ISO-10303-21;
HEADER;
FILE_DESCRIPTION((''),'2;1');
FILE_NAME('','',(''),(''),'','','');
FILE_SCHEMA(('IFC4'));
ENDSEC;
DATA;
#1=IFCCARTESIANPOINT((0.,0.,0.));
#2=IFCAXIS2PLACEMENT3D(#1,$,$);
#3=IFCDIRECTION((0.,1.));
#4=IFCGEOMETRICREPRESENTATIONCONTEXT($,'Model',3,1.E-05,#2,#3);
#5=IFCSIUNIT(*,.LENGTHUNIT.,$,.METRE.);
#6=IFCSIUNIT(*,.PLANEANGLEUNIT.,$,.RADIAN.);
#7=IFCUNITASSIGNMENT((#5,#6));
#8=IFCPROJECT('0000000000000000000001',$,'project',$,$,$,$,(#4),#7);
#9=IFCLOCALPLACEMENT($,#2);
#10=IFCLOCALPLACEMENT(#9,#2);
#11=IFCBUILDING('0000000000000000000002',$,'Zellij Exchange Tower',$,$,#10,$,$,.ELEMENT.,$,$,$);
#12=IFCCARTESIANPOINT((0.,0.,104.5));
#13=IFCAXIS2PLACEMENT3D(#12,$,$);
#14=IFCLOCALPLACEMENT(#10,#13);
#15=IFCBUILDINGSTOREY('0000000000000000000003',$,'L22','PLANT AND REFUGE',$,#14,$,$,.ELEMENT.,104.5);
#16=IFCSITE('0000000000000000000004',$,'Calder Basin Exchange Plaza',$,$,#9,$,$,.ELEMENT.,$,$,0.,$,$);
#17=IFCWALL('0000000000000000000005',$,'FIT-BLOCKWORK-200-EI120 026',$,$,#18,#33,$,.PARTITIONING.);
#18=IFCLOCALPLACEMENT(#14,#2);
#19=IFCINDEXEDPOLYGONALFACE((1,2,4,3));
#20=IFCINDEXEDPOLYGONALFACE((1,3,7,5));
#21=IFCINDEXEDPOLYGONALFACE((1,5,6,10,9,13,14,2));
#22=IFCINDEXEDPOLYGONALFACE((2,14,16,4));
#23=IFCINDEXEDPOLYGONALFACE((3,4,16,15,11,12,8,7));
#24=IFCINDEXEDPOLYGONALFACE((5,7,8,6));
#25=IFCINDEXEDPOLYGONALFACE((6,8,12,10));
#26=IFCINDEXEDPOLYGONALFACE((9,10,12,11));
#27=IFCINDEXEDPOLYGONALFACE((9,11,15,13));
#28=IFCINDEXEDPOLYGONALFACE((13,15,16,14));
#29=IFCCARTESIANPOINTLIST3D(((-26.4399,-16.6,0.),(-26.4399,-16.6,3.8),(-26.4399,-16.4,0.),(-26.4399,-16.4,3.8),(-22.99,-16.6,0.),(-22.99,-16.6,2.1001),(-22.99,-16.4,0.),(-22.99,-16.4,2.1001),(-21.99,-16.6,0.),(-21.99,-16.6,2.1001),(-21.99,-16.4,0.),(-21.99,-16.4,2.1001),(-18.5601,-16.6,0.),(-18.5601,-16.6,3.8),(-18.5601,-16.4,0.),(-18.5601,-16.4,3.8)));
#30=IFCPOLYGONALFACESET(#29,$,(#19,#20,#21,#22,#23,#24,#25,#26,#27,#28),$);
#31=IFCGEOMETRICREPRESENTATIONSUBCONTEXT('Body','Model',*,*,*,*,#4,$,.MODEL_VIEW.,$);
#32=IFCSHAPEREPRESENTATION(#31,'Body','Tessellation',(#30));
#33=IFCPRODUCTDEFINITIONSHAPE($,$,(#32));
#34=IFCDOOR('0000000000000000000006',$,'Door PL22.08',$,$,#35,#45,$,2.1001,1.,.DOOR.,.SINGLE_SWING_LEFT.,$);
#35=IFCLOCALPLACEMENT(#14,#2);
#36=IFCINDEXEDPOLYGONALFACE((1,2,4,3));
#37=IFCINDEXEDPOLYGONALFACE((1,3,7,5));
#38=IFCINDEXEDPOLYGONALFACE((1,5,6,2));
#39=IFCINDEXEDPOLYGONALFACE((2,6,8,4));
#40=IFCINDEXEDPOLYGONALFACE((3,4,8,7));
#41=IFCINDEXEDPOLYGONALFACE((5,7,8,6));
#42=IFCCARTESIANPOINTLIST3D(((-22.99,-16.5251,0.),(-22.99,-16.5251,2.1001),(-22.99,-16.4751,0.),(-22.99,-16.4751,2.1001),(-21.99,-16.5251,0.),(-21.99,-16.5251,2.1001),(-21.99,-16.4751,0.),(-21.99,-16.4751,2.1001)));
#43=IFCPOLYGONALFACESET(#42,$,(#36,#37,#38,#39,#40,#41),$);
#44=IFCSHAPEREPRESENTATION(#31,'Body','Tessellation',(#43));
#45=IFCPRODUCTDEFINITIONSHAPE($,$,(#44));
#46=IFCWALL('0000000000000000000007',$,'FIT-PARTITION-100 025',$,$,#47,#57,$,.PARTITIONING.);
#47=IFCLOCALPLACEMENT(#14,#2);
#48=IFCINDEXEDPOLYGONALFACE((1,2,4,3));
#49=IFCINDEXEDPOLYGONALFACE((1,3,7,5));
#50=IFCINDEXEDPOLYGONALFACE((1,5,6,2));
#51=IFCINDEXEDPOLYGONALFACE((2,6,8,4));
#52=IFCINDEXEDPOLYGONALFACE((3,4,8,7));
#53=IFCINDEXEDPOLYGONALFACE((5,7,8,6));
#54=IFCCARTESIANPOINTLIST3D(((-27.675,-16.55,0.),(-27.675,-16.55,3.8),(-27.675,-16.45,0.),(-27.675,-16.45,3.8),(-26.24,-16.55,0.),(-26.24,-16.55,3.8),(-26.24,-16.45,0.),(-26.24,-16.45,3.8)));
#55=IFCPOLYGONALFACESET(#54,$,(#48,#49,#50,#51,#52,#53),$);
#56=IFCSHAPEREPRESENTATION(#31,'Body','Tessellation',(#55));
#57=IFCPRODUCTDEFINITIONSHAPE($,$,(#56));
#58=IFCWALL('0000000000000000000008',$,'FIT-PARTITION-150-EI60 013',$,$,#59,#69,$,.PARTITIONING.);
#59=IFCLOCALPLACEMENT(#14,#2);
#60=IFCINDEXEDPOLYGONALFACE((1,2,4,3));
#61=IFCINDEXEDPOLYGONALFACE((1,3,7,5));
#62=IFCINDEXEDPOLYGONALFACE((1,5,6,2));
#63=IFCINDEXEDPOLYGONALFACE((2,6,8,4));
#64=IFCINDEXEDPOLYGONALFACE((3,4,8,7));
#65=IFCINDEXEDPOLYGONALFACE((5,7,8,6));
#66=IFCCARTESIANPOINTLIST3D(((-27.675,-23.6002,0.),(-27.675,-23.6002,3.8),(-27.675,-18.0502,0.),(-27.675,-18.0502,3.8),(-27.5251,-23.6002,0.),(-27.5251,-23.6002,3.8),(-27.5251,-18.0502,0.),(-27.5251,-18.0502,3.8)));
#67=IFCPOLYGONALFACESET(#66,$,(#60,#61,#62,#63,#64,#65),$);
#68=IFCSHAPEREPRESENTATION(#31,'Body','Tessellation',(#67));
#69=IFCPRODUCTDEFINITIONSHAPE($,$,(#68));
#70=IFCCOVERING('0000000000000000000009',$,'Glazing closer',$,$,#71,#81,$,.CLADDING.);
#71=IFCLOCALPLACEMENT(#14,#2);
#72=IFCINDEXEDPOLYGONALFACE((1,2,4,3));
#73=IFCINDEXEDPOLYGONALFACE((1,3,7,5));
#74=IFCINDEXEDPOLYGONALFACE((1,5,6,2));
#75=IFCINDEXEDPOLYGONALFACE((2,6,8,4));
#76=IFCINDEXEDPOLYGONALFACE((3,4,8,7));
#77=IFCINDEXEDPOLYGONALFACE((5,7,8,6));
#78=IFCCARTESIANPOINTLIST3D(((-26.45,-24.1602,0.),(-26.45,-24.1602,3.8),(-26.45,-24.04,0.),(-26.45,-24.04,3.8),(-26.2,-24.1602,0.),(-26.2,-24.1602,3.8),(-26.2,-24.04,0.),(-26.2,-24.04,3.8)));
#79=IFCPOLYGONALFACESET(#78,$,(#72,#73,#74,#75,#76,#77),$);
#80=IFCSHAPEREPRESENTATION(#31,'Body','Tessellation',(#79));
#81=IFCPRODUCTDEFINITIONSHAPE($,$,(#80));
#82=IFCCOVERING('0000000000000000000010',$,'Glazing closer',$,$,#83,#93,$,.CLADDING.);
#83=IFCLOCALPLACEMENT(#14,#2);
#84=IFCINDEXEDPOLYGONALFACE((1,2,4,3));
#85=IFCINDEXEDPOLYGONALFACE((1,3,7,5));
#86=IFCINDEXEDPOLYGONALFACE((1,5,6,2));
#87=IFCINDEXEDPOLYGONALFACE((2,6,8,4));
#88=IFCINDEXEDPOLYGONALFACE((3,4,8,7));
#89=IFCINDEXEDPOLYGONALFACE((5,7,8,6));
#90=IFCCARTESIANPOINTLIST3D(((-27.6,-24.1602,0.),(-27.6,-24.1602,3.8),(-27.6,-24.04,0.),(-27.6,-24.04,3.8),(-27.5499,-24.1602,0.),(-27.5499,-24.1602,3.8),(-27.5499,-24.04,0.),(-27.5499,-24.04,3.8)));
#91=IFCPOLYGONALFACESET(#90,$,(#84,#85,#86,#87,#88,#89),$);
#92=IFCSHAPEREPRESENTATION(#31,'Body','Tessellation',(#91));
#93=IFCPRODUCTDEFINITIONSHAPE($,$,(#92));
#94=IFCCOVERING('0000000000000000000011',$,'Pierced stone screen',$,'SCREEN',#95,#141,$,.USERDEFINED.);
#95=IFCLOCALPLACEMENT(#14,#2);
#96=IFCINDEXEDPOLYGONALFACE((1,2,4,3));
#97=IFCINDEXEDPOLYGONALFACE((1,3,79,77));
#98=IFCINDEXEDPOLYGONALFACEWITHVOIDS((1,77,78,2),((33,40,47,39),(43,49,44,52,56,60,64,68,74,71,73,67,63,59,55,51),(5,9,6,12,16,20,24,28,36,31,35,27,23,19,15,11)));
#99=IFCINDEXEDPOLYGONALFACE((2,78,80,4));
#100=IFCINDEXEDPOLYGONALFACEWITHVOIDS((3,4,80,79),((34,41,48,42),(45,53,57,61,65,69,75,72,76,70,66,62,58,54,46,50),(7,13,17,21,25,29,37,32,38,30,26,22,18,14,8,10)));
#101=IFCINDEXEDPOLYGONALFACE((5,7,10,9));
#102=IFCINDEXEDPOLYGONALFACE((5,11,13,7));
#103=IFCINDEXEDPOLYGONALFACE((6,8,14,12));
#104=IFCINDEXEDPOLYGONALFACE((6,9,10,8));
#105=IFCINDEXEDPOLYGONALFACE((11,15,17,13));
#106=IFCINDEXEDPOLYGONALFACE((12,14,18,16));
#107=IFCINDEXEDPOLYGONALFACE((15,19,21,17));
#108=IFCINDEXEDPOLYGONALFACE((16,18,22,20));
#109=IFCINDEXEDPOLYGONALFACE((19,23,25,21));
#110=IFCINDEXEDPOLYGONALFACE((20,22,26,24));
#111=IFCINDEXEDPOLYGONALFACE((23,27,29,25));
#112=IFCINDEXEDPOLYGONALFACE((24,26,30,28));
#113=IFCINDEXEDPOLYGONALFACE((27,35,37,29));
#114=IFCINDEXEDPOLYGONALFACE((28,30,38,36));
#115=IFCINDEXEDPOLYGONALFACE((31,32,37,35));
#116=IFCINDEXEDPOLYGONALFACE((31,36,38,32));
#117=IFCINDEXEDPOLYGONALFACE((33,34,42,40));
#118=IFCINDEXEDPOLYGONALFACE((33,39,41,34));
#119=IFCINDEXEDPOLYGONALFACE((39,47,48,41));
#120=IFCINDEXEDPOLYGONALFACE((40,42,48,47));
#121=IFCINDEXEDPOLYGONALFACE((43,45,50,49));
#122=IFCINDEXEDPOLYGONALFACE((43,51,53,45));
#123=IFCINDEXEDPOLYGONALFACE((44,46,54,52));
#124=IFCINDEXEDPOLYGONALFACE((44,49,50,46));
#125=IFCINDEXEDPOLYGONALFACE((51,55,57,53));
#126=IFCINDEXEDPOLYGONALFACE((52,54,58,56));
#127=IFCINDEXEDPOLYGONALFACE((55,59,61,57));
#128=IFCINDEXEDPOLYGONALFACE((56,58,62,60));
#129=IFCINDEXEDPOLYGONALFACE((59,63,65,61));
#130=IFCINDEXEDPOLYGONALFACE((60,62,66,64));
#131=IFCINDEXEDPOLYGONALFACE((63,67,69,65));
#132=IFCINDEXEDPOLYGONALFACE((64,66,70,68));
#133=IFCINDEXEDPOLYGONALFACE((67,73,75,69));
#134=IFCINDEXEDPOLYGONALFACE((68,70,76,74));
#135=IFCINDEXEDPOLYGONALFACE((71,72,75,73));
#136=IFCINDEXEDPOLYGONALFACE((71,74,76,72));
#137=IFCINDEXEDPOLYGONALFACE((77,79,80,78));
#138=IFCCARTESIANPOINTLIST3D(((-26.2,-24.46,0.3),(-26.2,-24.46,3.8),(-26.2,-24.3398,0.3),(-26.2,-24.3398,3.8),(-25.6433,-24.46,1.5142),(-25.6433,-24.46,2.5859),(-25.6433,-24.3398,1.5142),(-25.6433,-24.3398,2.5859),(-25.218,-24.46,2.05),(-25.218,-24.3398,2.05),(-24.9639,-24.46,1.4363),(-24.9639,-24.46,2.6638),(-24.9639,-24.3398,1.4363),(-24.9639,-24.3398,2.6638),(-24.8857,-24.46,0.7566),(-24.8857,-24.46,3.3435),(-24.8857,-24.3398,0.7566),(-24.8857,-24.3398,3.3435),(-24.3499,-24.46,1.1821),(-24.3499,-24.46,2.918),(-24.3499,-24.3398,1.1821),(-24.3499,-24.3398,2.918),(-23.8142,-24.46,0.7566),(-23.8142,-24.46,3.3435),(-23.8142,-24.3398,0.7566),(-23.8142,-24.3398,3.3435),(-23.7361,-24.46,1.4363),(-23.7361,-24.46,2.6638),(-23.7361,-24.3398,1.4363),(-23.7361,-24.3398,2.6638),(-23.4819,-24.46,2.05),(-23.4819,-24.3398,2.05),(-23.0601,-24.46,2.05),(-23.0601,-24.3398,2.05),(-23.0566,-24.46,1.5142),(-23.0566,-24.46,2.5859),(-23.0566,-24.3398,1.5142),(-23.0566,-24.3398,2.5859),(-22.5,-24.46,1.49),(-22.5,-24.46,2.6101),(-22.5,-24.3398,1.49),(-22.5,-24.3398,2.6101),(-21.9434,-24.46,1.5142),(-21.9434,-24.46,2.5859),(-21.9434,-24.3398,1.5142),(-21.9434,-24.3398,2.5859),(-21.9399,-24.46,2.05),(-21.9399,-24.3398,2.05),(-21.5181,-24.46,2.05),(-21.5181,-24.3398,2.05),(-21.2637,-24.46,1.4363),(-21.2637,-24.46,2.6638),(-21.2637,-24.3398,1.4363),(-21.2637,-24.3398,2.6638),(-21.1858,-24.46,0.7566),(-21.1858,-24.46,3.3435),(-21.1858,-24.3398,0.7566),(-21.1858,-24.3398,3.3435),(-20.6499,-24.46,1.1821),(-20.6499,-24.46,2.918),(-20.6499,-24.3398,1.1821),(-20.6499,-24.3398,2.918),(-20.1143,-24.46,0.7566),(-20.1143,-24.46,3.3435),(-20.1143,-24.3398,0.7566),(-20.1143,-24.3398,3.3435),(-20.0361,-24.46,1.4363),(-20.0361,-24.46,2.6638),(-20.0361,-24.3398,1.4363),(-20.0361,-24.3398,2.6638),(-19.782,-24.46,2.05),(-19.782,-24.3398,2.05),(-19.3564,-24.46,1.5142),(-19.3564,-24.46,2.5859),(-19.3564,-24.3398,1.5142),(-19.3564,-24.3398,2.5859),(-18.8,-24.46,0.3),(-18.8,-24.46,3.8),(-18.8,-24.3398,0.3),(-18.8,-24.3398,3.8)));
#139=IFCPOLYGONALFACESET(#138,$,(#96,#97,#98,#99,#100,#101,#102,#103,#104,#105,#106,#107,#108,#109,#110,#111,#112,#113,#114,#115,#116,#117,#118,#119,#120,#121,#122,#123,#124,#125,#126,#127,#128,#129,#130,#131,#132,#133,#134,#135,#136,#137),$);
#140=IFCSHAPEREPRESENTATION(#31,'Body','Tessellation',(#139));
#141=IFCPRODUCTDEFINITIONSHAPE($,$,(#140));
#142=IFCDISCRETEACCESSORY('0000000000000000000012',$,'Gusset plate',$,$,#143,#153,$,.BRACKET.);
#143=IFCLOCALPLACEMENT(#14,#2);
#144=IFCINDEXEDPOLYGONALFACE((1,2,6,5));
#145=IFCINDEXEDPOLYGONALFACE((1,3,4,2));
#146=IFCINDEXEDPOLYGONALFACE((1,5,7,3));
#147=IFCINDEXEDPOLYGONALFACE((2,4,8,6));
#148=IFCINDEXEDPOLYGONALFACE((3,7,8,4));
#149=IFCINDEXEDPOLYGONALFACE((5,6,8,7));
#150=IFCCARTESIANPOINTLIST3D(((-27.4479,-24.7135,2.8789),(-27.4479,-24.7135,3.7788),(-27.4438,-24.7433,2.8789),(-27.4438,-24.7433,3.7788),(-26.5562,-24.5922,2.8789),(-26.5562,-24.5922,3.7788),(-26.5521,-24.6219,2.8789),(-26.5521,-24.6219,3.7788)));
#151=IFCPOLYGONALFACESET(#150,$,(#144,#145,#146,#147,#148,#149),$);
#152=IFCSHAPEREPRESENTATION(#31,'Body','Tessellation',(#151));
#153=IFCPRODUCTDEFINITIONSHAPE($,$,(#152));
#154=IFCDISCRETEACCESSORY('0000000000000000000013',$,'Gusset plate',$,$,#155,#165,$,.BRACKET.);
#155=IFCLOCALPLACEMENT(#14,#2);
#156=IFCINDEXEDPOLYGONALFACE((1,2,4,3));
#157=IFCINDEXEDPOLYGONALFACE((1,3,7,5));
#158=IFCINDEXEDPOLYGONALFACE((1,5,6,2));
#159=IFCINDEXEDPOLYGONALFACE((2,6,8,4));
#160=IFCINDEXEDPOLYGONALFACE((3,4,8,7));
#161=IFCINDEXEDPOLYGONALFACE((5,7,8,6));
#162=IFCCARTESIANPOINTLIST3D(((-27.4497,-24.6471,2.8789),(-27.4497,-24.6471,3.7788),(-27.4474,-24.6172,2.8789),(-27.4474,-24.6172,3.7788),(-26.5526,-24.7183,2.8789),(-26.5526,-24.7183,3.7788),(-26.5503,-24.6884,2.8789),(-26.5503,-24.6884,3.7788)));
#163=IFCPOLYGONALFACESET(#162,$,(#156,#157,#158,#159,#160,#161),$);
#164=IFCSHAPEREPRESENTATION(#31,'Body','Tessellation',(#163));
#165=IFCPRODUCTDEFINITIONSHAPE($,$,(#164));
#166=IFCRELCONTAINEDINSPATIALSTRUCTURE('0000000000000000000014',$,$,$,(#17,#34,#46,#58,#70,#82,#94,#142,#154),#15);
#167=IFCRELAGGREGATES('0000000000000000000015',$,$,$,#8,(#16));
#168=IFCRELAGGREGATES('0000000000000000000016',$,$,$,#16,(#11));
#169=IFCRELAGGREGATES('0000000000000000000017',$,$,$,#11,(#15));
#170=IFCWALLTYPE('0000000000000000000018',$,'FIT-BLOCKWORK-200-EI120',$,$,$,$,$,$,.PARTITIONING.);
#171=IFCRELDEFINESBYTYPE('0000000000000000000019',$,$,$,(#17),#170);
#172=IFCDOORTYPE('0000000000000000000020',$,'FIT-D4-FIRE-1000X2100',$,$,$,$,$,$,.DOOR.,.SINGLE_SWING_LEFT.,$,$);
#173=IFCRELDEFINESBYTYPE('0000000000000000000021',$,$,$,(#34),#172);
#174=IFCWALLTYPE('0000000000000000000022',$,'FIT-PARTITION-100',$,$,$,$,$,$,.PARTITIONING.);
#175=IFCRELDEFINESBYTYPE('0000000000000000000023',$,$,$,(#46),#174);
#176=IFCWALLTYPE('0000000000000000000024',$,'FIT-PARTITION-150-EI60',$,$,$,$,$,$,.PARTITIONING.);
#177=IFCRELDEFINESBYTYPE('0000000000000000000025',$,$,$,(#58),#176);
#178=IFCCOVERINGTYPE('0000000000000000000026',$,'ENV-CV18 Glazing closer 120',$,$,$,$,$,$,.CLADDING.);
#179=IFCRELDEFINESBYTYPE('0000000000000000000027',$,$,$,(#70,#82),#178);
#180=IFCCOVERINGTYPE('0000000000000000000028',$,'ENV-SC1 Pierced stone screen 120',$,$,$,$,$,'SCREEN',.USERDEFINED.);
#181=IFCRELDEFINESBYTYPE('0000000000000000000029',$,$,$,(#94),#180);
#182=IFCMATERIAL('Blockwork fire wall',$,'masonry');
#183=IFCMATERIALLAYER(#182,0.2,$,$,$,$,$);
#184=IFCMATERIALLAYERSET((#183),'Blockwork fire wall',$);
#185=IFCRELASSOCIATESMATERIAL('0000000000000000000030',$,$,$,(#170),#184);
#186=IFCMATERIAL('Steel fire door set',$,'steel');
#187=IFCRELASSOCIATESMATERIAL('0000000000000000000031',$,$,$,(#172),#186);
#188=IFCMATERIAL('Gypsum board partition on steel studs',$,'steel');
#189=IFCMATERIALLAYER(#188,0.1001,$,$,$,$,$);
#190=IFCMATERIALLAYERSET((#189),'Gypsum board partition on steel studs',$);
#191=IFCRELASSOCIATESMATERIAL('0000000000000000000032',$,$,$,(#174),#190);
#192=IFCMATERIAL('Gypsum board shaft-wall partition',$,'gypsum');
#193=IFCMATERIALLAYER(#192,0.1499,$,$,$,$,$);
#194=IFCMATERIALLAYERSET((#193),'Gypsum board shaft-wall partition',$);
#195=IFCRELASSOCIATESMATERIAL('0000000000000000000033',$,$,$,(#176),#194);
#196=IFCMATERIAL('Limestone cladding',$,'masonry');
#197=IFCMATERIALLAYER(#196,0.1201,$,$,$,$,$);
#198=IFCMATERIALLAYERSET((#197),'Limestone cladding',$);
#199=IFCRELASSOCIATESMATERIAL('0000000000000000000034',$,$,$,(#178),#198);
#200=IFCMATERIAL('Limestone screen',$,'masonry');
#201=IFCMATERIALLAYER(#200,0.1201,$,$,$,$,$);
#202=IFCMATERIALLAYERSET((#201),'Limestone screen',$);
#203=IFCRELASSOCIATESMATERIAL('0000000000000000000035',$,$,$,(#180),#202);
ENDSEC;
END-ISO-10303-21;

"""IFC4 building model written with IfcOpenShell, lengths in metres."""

from ifc_helpers import new_model, si_unit, direction, frame, frame_2d, origin, origin_2d, place, context, subcontext, project, spatial, polyline, rectangle, outline, extrude, material, layer, layer_set, type_object, element, fill, save


model = new_model("IFC4")

# Units and contexts
model_context = context("Model", 3, precision=1e-05, world=origin(), true_north=direction((0.0, 1.0)))
body_context = subcontext(model_context, "Body", "Model", "MODEL_VIEW")
ifc_project = project(units=[si_unit("LENGTHUNIT", "METRE"), si_unit("PLANEANGLEUNIT", "RADIAN")], contexts=[model_context])

# Site, building, storey
site_placement = place(None, origin())
site = spatial("IfcSite", under=ifc_project, at=site_placement, Name="Calder Basin Exchange Plaza", CompositionType="ELEMENT", RefElevation=0.0)
building_placement = place(site_placement, origin())
building = spatial("IfcBuilding", under=site, at=building_placement, Name="Zellij Exchange Tower", CompositionType="ELEMENT")
storey_placement = place(building_placement, frame((0.0, 0.0, 104.5)))
storey = spatial("IfcBuildingStorey", under=building, at=storey_placement, Name="L22", Description="PLANT AND REFUGE", CompositionType="ELEMENT", Elevation=104.5)

# Shared definitions
ifc_material_1 = material(Name="Blockwork fire wall", Category="masonry")
ifc_layer_1 = layer(ifc_material_1, 0.2)
ifc_layer_set_1 = layer_set([ifc_layer_1], Name="Blockwork fire wall")
wall_type_1 = type_object("IfcWallType", Name="FIT-BLOCKWORK-200-EI120", PredefinedType="PARTITIONING", material=ifc_layer_set_1)

# Wall, opening, door
ifc_material_2 = material(Name="Steel fire door set", Category="steel")
door_type = type_object("IfcDoorType", Name="FIT-D4-FIRE-1000X2100", OperationType="SINGLE_SWING_LEFT", PredefinedType="DOOR", material=ifc_material_2)
wall_1_placement = place(storey_placement, frame((-26.4399, -16.5, 0.0), z_axis=(0.0, 0.0, 1.0), x_axis=(1.0, 0.0, 0.0)))
wall_1 = element("IfcWall", 1, at=wall_1_placement, inside=storey, type_object=wall_type_1, Name="FIT-BLOCKWORK-200-EI120 026", PredefinedType="PARTITIONING", context=body_context, shape_type="SweptSolid", body=[
    extrude(rectangle(XDim=7.8799, YDim=0.2, at=frame_2d((3.9399, 0.0))), origin(), (0.0, 0.0, 1.0), 3.8),
])
opening_1_placement = place(wall_1_placement, frame((3.45, 0.0, 0.0)))
opening_1 = element("IfcOpeningElement", 2, at=opening_1_placement, cuts=wall_1, PredefinedType="OPENING", context=body_context, shape_type="SweptSolid", body=[
    extrude(rectangle(XDim=1.0, YDim=2.1001, at=frame_2d((0.5, 1.05))), frame((0.0, 0.1118, 0.0), z_axis=(0.0, -1.0, 0.0), x_axis=(1.0, 0.0, 0.0)), (0.0, 0.0, 1.0), 0.2239),
])
door_1_placement = place(opening_1_placement, origin())
door_1 = element("IfcDoor", 3, at=door_1_placement, inside=storey, type_object=door_type, Name="Door PL22.08", OperationType="SINGLE_SWING_LEFT", OverallHeight=2.1001, OverallWidth=1.0, PredefinedType="DOOR", context=body_context, shape_type="SweptSolid", body=[
    extrude(rectangle(XDim=1.0, YDim=2.1001, at=frame_2d((0.5, 1.05))), frame((0.0, 0.0249, 0.0), z_axis=(0.0, -1.0, 0.0), x_axis=(1.0, 0.0, 0.0)), (0.0, 0.0, 1.0), 0.05),
])
fill(opening_1, door_1)

# Walls
ifc_material_3 = material(Name="Gypsum board partition on steel studs", Category="steel")
ifc_layer_2 = layer(ifc_material_3, 0.1001)
ifc_layer_set_2 = layer_set([ifc_layer_2], Name="Gypsum board partition on steel studs")
wall_type_2 = type_object("IfcWallType", Name="FIT-PARTITION-100", PredefinedType="PARTITIONING", material=ifc_layer_set_2)
wall_2_placement = place(storey_placement, frame((-27.675, -16.5, 0.0), z_axis=(0.0, 0.0, 1.0), x_axis=(1.0, 0.0, 0.0)))
element("IfcWall", 4, at=wall_2_placement, inside=storey, type_object=wall_type_2, Name="FIT-PARTITION-100 025", PredefinedType="PARTITIONING", context=body_context, shape_type="SweptSolid", body=[
    extrude(rectangle(XDim=1.4351, YDim=0.1001, at=frame_2d((0.7175, 0.0))), origin(), (0.0, 0.0, 1.0), 3.8),
])
ifc_material_4 = material(Name="Gypsum board shaft-wall partition", Category="gypsum")
ifc_layer_3 = layer(ifc_material_4, 0.1499)
ifc_layer_set_3 = layer_set([ifc_layer_3], Name="Gypsum board shaft-wall partition")
wall_type_3 = type_object("IfcWallType", Name="FIT-PARTITION-150-EI60", PredefinedType="PARTITIONING", material=ifc_layer_set_3)
wall_3_placement = place(storey_placement, frame((-27.6001, -23.6001, 0.0), z_axis=(0.0, 0.0, 1.0), x_axis=(0.0, 1.0, 0.0)))
element("IfcWall", 5, at=wall_3_placement, inside=storey, type_object=wall_type_3, Name="FIT-PARTITION-150-EI60 013", PredefinedType="PARTITIONING", context=body_context, shape_type="SweptSolid", body=[
    extrude(rectangle(XDim=5.55, YDim=0.1499, at=frame_2d((2.7749, 0.0))), origin(), (0.0, 0.0, 1.0), 3.8),
])

# Coverings
ifc_material_5 = material(Name="Limestone cladding", Category="masonry")
ifc_layer_4 = layer(ifc_material_5, 0.1201)
ifc_layer_set_4 = layer_set([ifc_layer_4], Name="Limestone cladding")
covering_type_1 = type_object("IfcCoveringType", Name="ENV-CV18 Glazing closer 120", PredefinedType="CLADDING", material=ifc_layer_set_4)
covering_1_placement = place(storey_placement, frame((-26.325, -24.1001, 0.0), z_axis=(0.0, 0.0, 1.0), x_axis=(-1.0, 0.0, 0.0)))
element("IfcCovering", 6, at=covering_1_placement, inside=storey, type_object=covering_type_1, Name="Glazing closer", PredefinedType="CLADDING", context=body_context, shape_type="SweptSolid", body=[
    extrude(rectangle(XDim=0.25, YDim=0.1201, at=origin_2d()), origin(), (0.0, 0.0, 1.0), 3.8),
])
covering_2_placement = place(storey_placement, frame((-27.575, -24.1001, 0.0), z_axis=(0.0, 0.0, 1.0), x_axis=(1.0, 0.0, 0.0)))
element("IfcCovering", 7, at=covering_2_placement, inside=storey, type_object=covering_type_1, Name="Glazing closer", PredefinedType="CLADDING", context=body_context, shape_type="SweptSolid", body=[
    extrude(rectangle(XDim=0.05, YDim=0.1201, at=origin_2d()), origin(), (0.0, 0.0, 1.0), 3.8),
])
ifc_material_6 = material(Name="Limestone screen", Category="masonry")
ifc_layer_5 = layer(ifc_material_6, 0.1201)
ifc_layer_set_5 = layer_set([ifc_layer_5], Name="Limestone screen")
covering_type_2 = type_object("IfcCoveringType", Name="ENV-SC1 Pierced stone screen 120", ElementType="SCREEN", PredefinedType="USERDEFINED", material=ifc_layer_set_5)
covering_3_placement = place(storey_placement, frame((-26.2, -24.3999, 0.3), z_axis=(0.0, 0.0, 1.0), x_axis=(1.0, 0.0, 0.0)))
element("IfcCovering", 8, at=covering_3_placement, inside=storey, type_object=covering_type_2, Name="Pierced stone screen", ObjectType="SCREEN", PredefinedType="USERDEFINED", context=body_context, shape_type="SweptSolid", body=[
    extrude(outline(polyline([(0.0, 0.0), (7.3999, 0.0), (7.3999, 3.5), (0.0, 3.5), (0.0, 0.0)]), holes=[polyline([(3.1433, 2.2859), (2.4639, 2.3638), (2.3857, 3.0435), (1.8501, 2.6179), (1.3142, 3.0435), (1.2361, 2.3638), (0.5566, 2.2859), (0.9819, 1.75), (0.5566, 1.2141), (1.2361, 1.1362), (1.3142, 0.4565), (1.8501, 0.8821), (2.3857, 0.4565), (2.4639, 1.1362), (3.1433, 1.2141), (2.718, 1.75), (3.1433, 2.2859)]), polyline([(6.8435, 2.2859), (6.1638, 2.3638), (6.0857, 3.0435), (5.55, 2.6179), (5.0142, 3.0435), (4.9363, 2.3638), (4.2566, 2.2859), (4.6819, 1.75), (4.2566, 1.2141), (4.9363, 1.1362), (5.0142, 0.4565), (5.55, 0.8821), (6.0857, 0.4565), (6.1638, 1.1362), (6.8435, 1.2141), (6.418, 1.75), (6.8435, 2.2859)]), polyline([(4.26, 1.75), (3.7, 2.3101), (3.1399, 1.75), (3.7, 1.1899), (4.26, 1.75)])]), frame((0.0, 0.0601, 0.0), z_axis=(0.0, -1.0, 0.0), x_axis=(1.0, 0.0, 0.0)), (0.0, 0.0, 1.0), 0.1201),
])

# Discrete accessories
for number, where, z_axis, x_axis, name in (
    (9, (-27.0, -24.6677, 2.8789), (0.0, 0.0, 1.0), (0.990868, 0.134834, 0.0), "Gusset plate"),
    (10, (-27.0, -24.6677, 2.8789), (0.0, 0.0, 1.0), (0.996864, -0.079129, 0.0), "Gusset plate"),
):
    element("IfcDiscreteAccessory", number, at=place(storey_placement, frame(where, z_axis=z_axis, x_axis=x_axis)), inside=storey, Name=name, PredefinedType="BRACKET", context=body_context, shape_type="SweptSolid", body=[
        extrude(rectangle(XDim=0.8999, YDim=0.03, at=origin_2d()), origin(), (0.0, 0.0, 1.0), 0.8999),
    ])

save(model, "model.ifc")
